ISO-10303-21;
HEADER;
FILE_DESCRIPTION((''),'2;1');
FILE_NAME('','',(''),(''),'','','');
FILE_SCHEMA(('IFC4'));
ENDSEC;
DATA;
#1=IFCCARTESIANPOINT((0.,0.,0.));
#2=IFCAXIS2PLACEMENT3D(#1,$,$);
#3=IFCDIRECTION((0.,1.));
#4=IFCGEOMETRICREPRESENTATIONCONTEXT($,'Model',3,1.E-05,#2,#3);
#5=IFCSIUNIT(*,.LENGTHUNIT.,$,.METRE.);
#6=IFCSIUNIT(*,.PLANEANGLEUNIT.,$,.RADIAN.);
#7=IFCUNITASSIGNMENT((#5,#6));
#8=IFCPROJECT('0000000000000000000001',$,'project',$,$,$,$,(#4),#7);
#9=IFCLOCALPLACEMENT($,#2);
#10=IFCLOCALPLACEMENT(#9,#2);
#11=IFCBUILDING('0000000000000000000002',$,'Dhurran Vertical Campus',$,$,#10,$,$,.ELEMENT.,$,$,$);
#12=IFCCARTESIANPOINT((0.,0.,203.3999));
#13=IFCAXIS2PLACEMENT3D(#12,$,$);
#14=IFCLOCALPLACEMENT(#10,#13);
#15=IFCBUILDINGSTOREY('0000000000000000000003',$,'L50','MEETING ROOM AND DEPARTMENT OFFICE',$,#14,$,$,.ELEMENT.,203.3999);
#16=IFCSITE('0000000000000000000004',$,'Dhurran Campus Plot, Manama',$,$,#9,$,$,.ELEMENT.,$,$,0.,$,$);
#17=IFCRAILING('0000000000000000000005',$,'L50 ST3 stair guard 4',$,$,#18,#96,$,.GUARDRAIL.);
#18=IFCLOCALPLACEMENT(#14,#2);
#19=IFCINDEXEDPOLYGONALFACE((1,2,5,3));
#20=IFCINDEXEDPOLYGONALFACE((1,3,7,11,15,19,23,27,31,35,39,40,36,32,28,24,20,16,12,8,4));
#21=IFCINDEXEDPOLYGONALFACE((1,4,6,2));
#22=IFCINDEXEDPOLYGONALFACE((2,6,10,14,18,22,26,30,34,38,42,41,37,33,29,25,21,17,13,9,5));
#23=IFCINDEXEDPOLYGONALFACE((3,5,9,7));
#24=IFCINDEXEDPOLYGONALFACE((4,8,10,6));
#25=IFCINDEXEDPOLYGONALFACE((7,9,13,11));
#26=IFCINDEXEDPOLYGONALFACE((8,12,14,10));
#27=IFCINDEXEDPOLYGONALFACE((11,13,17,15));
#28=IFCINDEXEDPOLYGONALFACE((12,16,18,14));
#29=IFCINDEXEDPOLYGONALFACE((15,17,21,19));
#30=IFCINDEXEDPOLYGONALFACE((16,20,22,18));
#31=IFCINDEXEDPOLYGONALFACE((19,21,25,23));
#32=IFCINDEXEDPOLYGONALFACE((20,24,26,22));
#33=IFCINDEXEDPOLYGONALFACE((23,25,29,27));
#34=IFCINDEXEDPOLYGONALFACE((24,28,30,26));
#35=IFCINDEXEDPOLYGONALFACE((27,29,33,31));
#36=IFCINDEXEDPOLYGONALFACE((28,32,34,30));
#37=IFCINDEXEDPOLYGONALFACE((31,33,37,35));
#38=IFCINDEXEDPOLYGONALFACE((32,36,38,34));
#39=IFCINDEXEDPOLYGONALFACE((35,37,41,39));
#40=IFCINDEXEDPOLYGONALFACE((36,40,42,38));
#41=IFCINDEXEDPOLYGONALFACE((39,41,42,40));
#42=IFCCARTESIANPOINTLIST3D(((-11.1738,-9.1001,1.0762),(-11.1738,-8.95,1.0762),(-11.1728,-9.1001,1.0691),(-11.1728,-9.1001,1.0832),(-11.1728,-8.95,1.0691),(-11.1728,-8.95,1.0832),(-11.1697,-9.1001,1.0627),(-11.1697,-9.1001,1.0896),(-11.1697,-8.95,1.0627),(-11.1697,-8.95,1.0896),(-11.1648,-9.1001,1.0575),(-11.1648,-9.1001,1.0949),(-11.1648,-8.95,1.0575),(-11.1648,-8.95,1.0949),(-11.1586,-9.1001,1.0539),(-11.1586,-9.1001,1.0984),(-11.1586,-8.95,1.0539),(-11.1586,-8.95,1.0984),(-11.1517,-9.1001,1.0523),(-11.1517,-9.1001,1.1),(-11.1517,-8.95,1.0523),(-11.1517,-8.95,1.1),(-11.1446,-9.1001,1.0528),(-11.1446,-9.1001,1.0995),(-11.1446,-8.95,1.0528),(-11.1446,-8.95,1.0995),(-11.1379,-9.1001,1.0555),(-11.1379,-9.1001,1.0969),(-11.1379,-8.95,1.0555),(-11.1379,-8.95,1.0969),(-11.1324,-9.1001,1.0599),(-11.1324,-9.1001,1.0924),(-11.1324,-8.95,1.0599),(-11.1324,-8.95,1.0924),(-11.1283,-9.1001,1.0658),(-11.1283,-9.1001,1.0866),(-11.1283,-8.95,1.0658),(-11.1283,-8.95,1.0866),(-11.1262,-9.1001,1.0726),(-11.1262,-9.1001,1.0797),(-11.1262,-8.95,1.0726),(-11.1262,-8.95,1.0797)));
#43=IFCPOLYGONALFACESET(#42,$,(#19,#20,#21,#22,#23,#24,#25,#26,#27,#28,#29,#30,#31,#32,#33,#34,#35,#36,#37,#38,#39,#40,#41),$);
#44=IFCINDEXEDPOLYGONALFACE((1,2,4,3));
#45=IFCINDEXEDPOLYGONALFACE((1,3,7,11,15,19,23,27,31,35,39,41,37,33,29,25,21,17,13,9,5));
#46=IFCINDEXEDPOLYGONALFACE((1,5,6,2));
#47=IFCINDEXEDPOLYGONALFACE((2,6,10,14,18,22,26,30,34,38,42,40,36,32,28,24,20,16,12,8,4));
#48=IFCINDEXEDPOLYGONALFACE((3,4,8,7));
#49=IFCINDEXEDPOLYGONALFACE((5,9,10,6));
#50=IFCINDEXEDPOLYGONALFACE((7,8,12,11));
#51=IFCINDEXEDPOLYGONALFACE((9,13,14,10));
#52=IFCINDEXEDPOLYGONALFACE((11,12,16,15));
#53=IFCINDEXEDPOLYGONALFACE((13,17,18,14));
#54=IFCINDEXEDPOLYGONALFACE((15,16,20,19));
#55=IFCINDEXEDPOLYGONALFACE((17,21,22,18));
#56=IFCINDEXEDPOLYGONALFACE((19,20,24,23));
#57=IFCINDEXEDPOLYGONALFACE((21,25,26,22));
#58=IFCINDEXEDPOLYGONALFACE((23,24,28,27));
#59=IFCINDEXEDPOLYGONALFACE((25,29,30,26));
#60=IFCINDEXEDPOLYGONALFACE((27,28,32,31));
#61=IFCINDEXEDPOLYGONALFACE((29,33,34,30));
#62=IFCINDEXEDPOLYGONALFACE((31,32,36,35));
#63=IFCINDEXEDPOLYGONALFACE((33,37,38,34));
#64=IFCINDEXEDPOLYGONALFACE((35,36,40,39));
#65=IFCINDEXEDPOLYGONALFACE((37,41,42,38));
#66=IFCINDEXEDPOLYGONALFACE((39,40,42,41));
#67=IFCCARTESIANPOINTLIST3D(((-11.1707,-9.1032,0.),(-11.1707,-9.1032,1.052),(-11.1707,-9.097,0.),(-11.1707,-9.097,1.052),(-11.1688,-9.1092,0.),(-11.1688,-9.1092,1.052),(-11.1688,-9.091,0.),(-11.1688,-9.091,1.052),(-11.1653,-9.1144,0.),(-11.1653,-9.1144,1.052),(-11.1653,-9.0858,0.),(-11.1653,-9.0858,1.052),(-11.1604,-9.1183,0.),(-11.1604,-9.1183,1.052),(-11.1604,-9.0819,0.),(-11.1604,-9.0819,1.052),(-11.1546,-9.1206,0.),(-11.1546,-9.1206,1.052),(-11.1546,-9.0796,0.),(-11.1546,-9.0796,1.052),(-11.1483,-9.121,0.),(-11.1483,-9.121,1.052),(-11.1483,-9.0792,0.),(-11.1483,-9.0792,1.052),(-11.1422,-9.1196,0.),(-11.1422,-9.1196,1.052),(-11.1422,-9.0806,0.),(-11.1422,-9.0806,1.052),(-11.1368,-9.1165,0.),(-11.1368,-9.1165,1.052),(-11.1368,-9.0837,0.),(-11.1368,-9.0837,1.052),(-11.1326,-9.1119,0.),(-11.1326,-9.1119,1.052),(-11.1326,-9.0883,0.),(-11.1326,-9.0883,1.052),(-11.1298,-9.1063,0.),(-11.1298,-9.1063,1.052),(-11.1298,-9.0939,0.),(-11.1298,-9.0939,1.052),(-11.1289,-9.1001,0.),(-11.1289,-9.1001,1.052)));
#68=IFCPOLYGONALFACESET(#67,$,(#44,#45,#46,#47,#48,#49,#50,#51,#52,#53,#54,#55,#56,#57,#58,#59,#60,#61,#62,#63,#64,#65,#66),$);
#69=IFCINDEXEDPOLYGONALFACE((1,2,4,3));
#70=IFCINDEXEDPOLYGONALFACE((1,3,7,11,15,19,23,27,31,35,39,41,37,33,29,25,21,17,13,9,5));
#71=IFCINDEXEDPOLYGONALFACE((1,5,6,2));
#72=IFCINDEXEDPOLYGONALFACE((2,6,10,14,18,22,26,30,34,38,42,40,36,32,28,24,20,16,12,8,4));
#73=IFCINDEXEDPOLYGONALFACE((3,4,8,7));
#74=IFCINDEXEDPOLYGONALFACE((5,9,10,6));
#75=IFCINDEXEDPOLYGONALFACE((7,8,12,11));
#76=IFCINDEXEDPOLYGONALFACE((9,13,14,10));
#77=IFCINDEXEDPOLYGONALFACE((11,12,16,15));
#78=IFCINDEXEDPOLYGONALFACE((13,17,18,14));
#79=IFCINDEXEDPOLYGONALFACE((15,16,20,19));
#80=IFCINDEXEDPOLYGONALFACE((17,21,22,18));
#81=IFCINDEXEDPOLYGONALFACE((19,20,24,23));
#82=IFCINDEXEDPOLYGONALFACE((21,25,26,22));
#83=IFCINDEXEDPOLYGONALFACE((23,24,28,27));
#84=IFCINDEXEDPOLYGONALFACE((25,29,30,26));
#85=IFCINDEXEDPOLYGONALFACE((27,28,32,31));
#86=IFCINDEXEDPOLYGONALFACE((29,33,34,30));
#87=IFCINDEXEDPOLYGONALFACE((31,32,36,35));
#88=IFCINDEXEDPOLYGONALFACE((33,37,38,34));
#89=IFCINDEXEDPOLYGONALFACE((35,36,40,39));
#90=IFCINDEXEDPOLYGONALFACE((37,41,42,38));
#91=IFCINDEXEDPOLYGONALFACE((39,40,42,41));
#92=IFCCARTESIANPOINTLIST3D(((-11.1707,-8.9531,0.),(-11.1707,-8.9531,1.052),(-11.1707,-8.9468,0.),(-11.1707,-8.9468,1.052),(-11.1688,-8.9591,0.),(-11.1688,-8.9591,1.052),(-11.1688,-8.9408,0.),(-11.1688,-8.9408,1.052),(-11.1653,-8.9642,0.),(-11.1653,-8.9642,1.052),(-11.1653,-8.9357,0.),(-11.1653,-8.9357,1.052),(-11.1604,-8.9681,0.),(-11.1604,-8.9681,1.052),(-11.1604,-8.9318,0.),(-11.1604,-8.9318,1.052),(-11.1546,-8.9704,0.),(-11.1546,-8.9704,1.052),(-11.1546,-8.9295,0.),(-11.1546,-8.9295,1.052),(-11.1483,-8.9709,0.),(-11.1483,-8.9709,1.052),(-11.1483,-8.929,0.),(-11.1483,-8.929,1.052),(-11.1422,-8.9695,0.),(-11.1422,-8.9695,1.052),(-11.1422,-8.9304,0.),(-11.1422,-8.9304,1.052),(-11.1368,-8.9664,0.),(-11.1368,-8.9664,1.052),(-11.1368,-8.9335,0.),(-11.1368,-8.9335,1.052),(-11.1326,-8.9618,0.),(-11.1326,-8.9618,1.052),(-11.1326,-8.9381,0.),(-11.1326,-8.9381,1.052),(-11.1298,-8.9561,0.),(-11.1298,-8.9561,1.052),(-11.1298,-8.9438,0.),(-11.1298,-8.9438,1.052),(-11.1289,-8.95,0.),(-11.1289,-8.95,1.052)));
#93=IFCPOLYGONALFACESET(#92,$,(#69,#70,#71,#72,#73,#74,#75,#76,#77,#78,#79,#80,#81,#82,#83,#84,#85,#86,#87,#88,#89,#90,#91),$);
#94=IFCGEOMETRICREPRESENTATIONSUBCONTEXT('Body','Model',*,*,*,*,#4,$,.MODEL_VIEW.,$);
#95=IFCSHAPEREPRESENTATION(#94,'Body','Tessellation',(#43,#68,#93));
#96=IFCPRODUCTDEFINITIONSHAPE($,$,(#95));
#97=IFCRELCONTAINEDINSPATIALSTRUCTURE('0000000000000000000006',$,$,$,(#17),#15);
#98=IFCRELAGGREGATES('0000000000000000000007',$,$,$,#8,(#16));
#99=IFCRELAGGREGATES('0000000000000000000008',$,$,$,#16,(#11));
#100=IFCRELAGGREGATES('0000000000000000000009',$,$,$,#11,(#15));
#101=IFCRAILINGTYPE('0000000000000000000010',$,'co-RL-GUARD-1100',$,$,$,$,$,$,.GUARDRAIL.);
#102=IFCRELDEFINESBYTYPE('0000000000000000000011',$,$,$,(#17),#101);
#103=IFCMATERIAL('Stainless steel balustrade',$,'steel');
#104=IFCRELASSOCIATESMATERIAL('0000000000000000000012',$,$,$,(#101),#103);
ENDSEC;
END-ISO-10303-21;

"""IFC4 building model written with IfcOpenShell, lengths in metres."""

from ifc_helpers import new_model, si_unit, direction, frame, origin, origin_2d, place, context, subcontext, project, spatial, circle, extrude, material, type_object, element, save


model = new_model("IFC4")

# Units and contexts
model_context = context("Model", 3, precision=1e-05, world=origin(), true_north=direction((0.0, 1.0)))
body_context = subcontext(model_context, "Body", "Model", "MODEL_VIEW")
ifc_project = project(units=[si_unit("LENGTHUNIT", "METRE"), si_unit("PLANEANGLEUNIT", "RADIAN")], contexts=[model_context])

# Site, building, storey
site_placement = place(None, origin())
site = spatial("IfcSite", under=ifc_project, at=site_placement, Name="Dhurran Campus Plot, Manama", CompositionType="ELEMENT", RefElevation=0.0)
building_placement = place(site_placement, origin())
building = spatial("IfcBuilding", under=site, at=building_placement, Name="Dhurran Vertical Campus", CompositionType="ELEMENT")
storey_placement = place(building_placement, frame((0.0, 0.0, 203.3999)))
storey = spatial("IfcBuildingStorey", under=building, at=storey_placement, Name="L50", Description="MEETING ROOM AND DEPARTMENT OFFICE", CompositionType="ELEMENT", Elevation=203.3999)

# Railing
ifc_material_1 = material(Name="Stainless steel balustrade", Category="steel")
railing_type_1 = type_object("IfcRailingType", Name="co-RL-GUARD-1100", PredefinedType="GUARDRAIL", material=ifc_material_1)
railing_1_placement = place(storey_placement, frame((-11.1499, -9.1001, 0.0)))
element("IfcRailing", 1, at=railing_1_placement, inside=storey, type_object=railing_type_1, Name="L50 ST3 stair guard 4", PredefinedType="GUARDRAIL", context=body_context, shape_type="SweptSolid", body=[
    extrude(circle(Radius=0.0239, at=origin_2d()), frame((0.0, 0.0, 1.0762), z_axis=(0.0, 1.0, 0.0), x_axis=(-1.0, 0.0, 0.0)), (0.0, 0.0, 1.0), 0.1501),
    extrude(circle(Radius=0.021, at=origin_2d()), origin(), (0.0, 0.0, 1.0), 1.052),
    extrude(circle(Radius=0.021, at=origin_2d()), frame((0.0, 0.1501, 0.0)), (0.0, 0.0, 1.0), 1.052),
])

save(model, "model.ifc")
